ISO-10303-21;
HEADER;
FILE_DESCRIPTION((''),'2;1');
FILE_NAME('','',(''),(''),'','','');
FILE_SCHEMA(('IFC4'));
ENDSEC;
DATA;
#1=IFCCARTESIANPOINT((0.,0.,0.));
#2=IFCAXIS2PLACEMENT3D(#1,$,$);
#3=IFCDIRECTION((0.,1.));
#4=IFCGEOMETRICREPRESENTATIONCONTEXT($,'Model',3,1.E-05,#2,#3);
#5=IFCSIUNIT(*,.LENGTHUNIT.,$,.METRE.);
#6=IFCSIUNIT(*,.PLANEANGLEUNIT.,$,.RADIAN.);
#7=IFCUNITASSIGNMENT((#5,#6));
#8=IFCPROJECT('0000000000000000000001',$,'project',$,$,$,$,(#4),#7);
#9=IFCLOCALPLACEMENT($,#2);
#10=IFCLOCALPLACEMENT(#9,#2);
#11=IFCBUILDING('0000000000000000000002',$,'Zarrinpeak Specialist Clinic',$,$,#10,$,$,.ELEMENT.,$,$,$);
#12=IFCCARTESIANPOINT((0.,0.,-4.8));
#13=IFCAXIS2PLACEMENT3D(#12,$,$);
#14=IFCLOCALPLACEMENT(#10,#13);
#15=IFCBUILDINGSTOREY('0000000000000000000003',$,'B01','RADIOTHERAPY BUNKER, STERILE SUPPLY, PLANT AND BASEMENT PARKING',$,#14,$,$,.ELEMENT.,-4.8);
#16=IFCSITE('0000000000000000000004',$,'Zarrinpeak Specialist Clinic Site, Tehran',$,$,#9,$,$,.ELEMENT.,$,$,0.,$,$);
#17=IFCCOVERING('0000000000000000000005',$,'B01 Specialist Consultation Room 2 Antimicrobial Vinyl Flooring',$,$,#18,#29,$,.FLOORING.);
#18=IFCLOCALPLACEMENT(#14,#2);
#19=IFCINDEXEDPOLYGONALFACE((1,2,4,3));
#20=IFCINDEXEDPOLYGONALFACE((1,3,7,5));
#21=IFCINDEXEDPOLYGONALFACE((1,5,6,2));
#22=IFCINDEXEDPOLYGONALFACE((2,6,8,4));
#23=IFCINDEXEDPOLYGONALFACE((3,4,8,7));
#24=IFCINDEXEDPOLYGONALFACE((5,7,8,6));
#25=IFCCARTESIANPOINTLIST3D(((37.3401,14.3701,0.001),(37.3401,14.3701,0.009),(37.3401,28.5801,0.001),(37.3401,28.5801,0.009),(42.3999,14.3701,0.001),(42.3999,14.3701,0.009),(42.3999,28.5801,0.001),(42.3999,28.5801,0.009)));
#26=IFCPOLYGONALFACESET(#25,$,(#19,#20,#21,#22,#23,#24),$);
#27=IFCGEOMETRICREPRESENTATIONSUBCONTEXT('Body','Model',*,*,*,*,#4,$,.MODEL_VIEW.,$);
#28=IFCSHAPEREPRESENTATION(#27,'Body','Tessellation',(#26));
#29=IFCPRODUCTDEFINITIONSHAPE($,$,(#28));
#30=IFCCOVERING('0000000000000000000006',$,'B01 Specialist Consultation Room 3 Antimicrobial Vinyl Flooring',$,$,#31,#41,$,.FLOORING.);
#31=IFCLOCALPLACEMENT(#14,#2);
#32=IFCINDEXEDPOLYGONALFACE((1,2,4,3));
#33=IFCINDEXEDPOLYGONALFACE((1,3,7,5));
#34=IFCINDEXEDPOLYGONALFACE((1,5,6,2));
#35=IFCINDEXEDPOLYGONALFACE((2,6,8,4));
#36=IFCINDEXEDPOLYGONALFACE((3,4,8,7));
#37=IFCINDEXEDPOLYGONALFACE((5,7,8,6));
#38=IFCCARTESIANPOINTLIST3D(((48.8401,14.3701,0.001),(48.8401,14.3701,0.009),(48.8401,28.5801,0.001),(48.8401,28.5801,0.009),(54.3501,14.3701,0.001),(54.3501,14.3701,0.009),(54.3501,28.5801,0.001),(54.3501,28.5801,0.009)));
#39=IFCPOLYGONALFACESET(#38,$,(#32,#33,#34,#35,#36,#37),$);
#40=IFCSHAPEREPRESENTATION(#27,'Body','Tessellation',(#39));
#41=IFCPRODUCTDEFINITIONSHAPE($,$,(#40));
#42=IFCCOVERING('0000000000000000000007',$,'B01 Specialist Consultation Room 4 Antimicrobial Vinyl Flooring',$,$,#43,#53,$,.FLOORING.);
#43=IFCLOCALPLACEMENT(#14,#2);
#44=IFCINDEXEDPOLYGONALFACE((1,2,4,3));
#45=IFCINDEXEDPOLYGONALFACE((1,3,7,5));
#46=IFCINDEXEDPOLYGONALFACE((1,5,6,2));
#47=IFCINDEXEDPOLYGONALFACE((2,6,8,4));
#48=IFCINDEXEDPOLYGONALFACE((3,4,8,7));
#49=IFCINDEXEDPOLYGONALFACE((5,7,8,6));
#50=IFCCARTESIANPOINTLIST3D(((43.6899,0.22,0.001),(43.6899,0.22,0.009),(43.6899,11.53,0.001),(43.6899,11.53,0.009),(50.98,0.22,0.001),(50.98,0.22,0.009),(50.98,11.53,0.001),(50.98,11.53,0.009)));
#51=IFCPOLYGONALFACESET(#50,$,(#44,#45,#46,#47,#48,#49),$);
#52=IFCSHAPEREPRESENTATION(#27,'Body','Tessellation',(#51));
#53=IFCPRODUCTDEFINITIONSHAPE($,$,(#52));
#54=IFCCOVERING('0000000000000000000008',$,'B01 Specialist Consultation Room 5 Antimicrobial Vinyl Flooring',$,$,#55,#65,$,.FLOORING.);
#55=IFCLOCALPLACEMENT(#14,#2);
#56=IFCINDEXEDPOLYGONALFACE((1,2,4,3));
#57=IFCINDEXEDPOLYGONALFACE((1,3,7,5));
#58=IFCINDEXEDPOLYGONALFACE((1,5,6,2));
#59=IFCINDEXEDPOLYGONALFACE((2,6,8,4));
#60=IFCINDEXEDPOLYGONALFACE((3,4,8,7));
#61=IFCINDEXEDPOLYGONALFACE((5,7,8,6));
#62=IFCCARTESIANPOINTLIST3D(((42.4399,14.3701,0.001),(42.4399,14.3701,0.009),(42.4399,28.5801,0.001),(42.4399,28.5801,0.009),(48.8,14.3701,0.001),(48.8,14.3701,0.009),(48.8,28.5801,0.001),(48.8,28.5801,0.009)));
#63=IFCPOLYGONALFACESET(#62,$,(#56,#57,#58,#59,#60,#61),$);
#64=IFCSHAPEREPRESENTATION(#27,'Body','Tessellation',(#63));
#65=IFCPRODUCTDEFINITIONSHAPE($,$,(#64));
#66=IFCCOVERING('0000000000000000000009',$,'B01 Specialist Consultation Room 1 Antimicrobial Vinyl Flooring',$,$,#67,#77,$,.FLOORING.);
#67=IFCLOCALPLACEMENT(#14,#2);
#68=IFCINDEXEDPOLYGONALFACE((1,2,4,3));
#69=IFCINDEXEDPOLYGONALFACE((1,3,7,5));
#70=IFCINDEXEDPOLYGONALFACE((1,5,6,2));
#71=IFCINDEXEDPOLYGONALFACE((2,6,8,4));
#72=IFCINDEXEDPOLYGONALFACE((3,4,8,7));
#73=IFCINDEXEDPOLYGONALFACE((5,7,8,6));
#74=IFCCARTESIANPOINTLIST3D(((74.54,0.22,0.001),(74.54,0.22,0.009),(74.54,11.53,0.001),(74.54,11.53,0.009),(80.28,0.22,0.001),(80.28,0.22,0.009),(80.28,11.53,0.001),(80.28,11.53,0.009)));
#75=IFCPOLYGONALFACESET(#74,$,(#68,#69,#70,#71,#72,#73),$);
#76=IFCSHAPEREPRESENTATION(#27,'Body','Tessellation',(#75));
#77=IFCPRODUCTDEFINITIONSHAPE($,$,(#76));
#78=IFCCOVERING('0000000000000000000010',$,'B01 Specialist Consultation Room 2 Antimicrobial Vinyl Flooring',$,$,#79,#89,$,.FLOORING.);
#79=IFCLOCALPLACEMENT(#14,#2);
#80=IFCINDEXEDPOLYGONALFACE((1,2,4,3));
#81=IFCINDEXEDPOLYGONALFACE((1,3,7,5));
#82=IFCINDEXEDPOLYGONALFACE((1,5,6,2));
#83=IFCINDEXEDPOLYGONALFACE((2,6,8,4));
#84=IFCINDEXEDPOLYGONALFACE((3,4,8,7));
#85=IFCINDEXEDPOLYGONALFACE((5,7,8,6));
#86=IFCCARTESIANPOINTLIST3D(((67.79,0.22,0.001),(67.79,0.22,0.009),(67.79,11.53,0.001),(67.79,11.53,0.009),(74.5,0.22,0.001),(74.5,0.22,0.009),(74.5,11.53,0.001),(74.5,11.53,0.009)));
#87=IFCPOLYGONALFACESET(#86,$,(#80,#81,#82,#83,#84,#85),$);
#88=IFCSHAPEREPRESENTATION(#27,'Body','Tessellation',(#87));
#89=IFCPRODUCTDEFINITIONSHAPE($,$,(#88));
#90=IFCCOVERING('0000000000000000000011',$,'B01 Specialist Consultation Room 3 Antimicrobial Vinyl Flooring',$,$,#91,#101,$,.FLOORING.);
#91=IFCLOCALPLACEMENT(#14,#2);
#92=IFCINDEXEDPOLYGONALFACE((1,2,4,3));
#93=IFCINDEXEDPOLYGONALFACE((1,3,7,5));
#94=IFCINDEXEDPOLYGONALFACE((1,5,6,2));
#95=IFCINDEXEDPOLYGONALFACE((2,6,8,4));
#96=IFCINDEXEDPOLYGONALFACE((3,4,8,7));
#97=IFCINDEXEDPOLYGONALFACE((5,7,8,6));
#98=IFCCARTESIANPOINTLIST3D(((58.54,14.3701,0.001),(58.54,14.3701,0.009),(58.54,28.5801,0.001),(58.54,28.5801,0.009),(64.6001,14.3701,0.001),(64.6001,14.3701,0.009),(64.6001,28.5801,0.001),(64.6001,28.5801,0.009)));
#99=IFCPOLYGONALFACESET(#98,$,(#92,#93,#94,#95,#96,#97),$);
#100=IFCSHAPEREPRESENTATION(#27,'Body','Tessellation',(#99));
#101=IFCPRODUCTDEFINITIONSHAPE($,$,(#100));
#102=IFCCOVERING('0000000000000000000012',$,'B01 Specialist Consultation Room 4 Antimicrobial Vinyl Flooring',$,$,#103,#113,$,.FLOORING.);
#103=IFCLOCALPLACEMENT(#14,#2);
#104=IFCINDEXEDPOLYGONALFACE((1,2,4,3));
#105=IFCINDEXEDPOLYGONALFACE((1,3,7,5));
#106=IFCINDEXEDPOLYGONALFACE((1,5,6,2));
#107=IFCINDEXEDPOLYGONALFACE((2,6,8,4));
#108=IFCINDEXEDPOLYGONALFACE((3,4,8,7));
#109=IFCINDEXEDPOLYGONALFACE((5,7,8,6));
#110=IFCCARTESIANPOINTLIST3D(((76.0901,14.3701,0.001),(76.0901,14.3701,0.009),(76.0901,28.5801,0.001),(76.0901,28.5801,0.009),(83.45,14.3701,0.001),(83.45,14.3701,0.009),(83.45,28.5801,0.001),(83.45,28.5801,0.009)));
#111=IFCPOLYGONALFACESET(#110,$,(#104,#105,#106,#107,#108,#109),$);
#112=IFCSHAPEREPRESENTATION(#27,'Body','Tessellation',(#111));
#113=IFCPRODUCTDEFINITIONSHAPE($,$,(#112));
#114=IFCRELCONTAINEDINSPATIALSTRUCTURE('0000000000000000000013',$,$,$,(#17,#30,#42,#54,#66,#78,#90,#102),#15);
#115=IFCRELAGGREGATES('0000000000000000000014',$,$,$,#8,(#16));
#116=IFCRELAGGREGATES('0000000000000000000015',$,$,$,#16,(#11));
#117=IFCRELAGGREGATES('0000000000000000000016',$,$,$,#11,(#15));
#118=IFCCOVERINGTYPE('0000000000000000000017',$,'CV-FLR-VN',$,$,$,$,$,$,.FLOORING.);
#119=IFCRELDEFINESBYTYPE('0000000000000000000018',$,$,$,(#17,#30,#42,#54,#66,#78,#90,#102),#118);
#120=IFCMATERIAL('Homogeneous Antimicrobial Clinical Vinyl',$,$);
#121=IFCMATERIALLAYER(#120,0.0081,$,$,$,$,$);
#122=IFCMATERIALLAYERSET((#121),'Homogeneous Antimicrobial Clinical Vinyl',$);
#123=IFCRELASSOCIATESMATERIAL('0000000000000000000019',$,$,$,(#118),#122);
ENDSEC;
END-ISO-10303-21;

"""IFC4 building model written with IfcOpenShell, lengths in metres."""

from ifc_helpers import new_model, si_unit, direction, frame, origin, place, context, subcontext, project, spatial, polyline, outline, extrude, material, layer, layer_set, type_object, element, save


model = new_model("IFC4")

# Units and contexts
model_context = context("Model", 3, precision=1e-05, world=origin(), true_north=direction((0.0, 1.0)))
body_context = subcontext(model_context, "Body", "Model", "MODEL_VIEW")
ifc_project = project(units=[si_unit("LENGTHUNIT", "METRE"), si_unit("PLANEANGLEUNIT", "RADIAN")], contexts=[model_context])

# Site, building, storey
site_placement = place(None, origin())
site = spatial("IfcSite", under=ifc_project, at=site_placement, Name="Zarrinpeak Specialist Clinic Site, Tehran", CompositionType="ELEMENT", RefElevation=0.0)
building_placement = place(site_placement, origin())
building = spatial("IfcBuilding", under=site, at=building_placement, Name="Zarrinpeak Specialist Clinic", CompositionType="ELEMENT")
storey_placement = place(building_placement, frame((0.0, 0.0, -4.8)))
storey = spatial("IfcBuildingStorey", under=building, at=storey_placement, Name="B01", Description="RADIOTHERAPY BUNKER, STERILE SUPPLY, PLANT AND BASEMENT PARKING", CompositionType="ELEMENT", Elevation=-4.8)

# Coverings
ifc_material_1 = material(Name="Homogeneous Antimicrobial Clinical Vinyl")
ifc_layer_1 = layer(ifc_material_1, 0.0081)
ifc_layer_set_1 = layer_set([ifc_layer_1], Name="Homogeneous Antimicrobial Clinical Vinyl")
covering_type = type_object("IfcCoveringType", Name="CV-FLR-VN", PredefinedType="FLOORING", material=ifc_layer_set_1)
covering_1_placement = place(storey_placement, frame((0.0, 0.0, 0.001)))
element("IfcCovering", 1, at=covering_1_placement, inside=storey, type_object=covering_type, Name="B01 Specialist Consultation Room 2 Antimicrobial Vinyl Flooring", PredefinedType="FLOORING", context=body_context, shape_type="SweptSolid", body=[
    extrude(outline(polyline([(37.3401, 14.3701), (42.3999, 14.3701), (42.3999, 28.5801), (37.3401, 28.5801), (37.3401, 14.3701)])), origin(), (0.0, 0.0, 1.0), 0.0081),
])
covering_2_placement = place(storey_placement, frame((0.0, 0.0, 0.001)))
element("IfcCovering", 2, at=covering_2_placement, inside=storey, type_object=covering_type, Name="B01 Specialist Consultation Room 3 Antimicrobial Vinyl Flooring", PredefinedType="FLOORING", context=body_context, shape_type="SweptSolid", body=[
    extrude(outline(polyline([(48.8401, 14.3701), (54.3501, 14.3701), (54.3501, 28.5801), (48.8401, 28.5801), (48.8401, 14.3701)])), origin(), (0.0, 0.0, 1.0), 0.0081),
])
covering_3_placement = place(storey_placement, frame((0.0, 0.0, 0.001)))
element("IfcCovering", 3, at=covering_3_placement, inside=storey, type_object=covering_type, Name="B01 Specialist Consultation Room 4 Antimicrobial Vinyl Flooring", PredefinedType="FLOORING", context=body_context, shape_type="SweptSolid", body=[
    extrude(outline(polyline([(43.6899, 0.22), (50.98, 0.22), (50.98, 11.53), (43.6899, 11.53), (43.6899, 0.22)])), origin(), (0.0, 0.0, 1.0), 0.0081),
])
covering_4_placement = place(storey_placement, frame((0.0, 0.0, 0.001)))
element("IfcCovering", 4, at=covering_4_placement, inside=storey, type_object=covering_type, Name="B01 Specialist Consultation Room 5 Antimicrobial Vinyl Flooring", PredefinedType="FLOORING", context=body_context, shape_type="SweptSolid", body=[
    extrude(outline(polyline([(42.4399, 14.3701), (48.8, 14.3701), (48.8, 28.5801), (42.4399, 28.5801), (42.4399, 14.3701)])), origin(), (0.0, 0.0, 1.0), 0.0081),
])
covering_5_placement = place(storey_placement, frame((0.0, 0.0, 0.001)))
element("IfcCovering", 5, at=covering_5_placement, inside=storey, type_object=covering_type, Name="B01 Specialist Consultation Room 1 Antimicrobial Vinyl Flooring", PredefinedType="FLOORING", context=body_context, shape_type="SweptSolid", body=[
    extrude(outline(polyline([(74.54, 0.22), (80.28, 0.22), (80.28, 11.53), (74.54, 11.53), (74.54, 0.22)])), origin(), (0.0, 0.0, 1.0), 0.0081),
])
covering_6_placement = place(storey_placement, frame((0.0, 0.0, 0.001)))
element("IfcCovering", 6, at=covering_6_placement, inside=storey, type_object=covering_type, Name="B01 Specialist Consultation Room 2 Antimicrobial Vinyl Flooring", PredefinedType="FLOORING", context=body_context, shape_type="SweptSolid", body=[
    extrude(outline(polyline([(67.79, 0.22), (74.5, 0.22), (74.5, 11.53), (67.79, 11.53), (67.79, 0.22)])), origin(), (0.0, 0.0, 1.0), 0.0081),
])
covering_7_placement = place(storey_placement, frame((0.0, 0.0, 0.001)))
element("IfcCovering", 7, at=covering_7_placement, inside=storey, type_object=covering_type, Name="B01 Specialist Consultation Room 3 Antimicrobial Vinyl Flooring", PredefinedType="FLOORING", context=body_context, shape_type="SweptSolid", body=[
    extrude(outline(polyline([(58.54, 14.3701), (64.6001, 14.3701), (64.6001, 28.5801), (58.54, 28.5801), (58.54, 14.3701)])), origin(), (0.0, 0.0, 1.0), 0.0081),
])
covering_8_placement = place(storey_placement, frame((0.0, 0.0, 0.001)))
element("IfcCovering", 8, at=covering_8_placement, inside=storey, type_object=covering_type, Name="B01 Specialist Consultation Room 4 Antimicrobial Vinyl Flooring", PredefinedType="FLOORING", context=body_context, shape_type="SweptSolid", body=[
    extrude(outline(polyline([(76.0901, 14.3701), (83.45, 14.3701), (83.45, 28.5801), (76.0901, 28.5801), (76.0901, 14.3701)])), origin(), (0.0, 0.0, 1.0), 0.0081),
])

save(model, "model.ifc")
